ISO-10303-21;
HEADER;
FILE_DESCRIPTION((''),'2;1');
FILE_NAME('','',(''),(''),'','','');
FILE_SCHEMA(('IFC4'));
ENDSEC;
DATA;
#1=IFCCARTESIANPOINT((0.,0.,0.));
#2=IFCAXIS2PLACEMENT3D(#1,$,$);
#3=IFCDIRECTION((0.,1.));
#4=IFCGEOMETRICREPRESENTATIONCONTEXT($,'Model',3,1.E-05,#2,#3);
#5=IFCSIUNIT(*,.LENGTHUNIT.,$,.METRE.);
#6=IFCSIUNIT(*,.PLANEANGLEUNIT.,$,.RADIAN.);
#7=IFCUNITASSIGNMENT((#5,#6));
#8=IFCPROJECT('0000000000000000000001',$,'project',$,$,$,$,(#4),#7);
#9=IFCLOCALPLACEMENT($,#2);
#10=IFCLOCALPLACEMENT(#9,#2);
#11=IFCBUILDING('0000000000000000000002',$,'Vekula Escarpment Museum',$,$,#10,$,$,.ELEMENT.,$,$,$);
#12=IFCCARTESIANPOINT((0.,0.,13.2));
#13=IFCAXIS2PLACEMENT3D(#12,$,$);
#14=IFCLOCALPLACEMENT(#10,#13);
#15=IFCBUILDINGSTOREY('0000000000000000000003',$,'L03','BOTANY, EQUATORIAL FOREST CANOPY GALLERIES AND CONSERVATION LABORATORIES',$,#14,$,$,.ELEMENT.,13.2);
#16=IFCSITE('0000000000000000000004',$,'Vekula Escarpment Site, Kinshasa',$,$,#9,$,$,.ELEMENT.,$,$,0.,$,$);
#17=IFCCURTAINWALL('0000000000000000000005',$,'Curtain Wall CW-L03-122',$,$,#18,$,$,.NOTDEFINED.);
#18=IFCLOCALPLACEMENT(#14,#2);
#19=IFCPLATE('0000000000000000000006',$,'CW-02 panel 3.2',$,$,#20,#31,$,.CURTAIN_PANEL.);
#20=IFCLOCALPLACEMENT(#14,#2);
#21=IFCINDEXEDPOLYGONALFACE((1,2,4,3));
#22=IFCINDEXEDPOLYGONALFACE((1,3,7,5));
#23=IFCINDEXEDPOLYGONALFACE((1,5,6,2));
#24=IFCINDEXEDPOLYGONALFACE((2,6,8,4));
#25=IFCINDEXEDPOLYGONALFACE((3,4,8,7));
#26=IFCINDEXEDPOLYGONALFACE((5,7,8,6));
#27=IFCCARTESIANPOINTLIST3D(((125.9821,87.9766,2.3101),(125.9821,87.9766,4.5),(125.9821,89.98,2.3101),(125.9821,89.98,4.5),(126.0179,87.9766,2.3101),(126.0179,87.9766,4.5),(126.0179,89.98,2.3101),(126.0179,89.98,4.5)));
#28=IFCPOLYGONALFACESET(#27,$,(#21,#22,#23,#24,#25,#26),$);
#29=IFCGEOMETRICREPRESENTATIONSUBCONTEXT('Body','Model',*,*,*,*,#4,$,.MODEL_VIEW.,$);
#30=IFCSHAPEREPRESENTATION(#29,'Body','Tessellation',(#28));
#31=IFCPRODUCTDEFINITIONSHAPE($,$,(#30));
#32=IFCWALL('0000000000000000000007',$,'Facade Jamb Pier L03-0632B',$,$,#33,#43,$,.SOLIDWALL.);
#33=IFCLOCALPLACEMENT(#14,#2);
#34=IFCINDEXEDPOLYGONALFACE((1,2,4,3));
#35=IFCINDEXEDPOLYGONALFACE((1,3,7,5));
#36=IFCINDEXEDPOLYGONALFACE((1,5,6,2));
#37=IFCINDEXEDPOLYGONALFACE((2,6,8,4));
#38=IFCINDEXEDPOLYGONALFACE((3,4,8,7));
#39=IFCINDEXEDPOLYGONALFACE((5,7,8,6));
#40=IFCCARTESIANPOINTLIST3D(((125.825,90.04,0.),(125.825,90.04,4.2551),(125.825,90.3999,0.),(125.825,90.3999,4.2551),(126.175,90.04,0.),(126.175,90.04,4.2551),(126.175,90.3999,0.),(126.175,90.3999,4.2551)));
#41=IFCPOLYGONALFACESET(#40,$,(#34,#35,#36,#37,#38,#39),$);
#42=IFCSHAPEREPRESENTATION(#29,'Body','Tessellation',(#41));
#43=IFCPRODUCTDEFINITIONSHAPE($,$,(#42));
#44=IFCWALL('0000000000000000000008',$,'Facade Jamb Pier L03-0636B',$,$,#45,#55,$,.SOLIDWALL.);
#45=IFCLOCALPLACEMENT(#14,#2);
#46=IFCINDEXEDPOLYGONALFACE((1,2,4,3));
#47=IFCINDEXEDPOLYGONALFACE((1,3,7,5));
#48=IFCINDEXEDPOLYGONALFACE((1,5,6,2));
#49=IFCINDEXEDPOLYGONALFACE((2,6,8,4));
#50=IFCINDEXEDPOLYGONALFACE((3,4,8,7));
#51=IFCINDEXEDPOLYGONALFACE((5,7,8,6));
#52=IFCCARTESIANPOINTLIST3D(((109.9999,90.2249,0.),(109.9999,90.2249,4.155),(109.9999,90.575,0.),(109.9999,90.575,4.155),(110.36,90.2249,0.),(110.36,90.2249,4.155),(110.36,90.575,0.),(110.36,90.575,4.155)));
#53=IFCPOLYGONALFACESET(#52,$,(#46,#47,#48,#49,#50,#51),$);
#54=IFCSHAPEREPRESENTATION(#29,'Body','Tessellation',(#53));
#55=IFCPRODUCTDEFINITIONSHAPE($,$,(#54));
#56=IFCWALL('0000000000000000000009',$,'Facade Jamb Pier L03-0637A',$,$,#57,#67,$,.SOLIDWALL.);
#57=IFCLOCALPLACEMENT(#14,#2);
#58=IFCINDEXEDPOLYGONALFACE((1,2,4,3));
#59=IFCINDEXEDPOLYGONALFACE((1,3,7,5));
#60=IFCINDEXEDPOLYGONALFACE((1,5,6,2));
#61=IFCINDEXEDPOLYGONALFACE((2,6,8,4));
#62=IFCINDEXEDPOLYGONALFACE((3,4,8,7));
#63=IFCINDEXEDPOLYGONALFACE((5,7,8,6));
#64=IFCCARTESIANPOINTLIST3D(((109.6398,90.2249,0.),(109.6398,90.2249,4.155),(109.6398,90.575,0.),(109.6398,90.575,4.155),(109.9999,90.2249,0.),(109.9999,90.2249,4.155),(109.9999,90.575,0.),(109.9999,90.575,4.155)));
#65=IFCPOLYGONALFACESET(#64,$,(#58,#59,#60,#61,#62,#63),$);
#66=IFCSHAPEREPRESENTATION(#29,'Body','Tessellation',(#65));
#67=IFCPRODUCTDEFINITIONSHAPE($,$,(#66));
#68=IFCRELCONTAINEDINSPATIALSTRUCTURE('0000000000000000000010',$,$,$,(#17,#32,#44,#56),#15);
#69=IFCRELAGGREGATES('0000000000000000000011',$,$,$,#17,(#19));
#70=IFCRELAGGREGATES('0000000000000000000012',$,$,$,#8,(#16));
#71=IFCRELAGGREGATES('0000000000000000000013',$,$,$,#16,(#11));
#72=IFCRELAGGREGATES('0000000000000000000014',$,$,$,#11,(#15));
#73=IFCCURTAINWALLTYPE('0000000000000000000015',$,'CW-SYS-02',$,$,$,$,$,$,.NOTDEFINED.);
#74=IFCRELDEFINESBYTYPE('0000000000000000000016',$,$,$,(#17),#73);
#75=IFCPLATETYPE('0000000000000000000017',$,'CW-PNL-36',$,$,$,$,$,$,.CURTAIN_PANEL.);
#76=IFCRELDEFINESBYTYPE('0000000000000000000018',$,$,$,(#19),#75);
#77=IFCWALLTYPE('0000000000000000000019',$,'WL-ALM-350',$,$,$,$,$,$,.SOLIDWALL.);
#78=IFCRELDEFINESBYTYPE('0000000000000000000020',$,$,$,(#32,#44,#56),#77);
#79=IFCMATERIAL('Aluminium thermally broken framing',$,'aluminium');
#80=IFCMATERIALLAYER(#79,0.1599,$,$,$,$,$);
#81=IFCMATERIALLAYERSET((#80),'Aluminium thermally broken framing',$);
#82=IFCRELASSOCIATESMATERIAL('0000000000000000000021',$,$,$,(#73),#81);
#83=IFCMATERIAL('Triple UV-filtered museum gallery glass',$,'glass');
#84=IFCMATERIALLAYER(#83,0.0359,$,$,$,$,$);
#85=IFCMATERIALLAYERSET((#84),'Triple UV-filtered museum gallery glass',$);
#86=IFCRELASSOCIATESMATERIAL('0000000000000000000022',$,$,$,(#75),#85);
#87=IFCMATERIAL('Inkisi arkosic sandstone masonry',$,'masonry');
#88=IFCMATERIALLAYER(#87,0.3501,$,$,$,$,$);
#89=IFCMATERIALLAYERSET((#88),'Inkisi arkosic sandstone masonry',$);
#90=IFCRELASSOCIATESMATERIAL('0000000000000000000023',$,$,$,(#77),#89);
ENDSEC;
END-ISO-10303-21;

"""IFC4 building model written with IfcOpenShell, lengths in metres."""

from ifc_helpers import new_model, si_unit, direction, frame, frame_2d, origin, origin_2d, place, context, subcontext, project, spatial, rectangle, extrude, material, layer, layer_set, type_object, element, aggregate, save


model = new_model("IFC4")

# Units and contexts
model_context = context("Model", 3, precision=1e-05, world=origin(), true_north=direction((0.0, 1.0)))
body_context = subcontext(model_context, "Body", "Model", "MODEL_VIEW")
ifc_project = project(units=[si_unit("LENGTHUNIT", "METRE"), si_unit("PLANEANGLEUNIT", "RADIAN")], contexts=[model_context])

# Site, building, storey
site_placement = place(None, origin())
site = spatial("IfcSite", under=ifc_project, at=site_placement, Name="Vekula Escarpment Site, Kinshasa", CompositionType="ELEMENT", RefElevation=0.0)
building_placement = place(site_placement, origin())
building = spatial("IfcBuilding", under=site, at=building_placement, Name="Vekula Escarpment Museum", CompositionType="ELEMENT")
storey_placement = place(building_placement, frame((0.0, 0.0, 13.2)))
storey = spatial("IfcBuildingStorey", under=building, at=storey_placement, Name="L03", Description="BOTANY, EQUATORIAL FOREST CANOPY GALLERIES AND CONSERVATION LABORATORIES", CompositionType="ELEMENT", Elevation=13.2)

# Curtain wall
ifc_material_1 = material(Name="Aluminium thermally broken framing", Category="aluminium")
ifc_layer_1 = layer(ifc_material_1, 0.1599)
ifc_layer_set_1 = layer_set([ifc_layer_1], Name="Aluminium thermally broken framing")
curtain_wall_type_1 = type_object("IfcCurtainWallType", Name="CW-SYS-02", PredefinedType="NOTDEFINED", material=ifc_layer_set_1)
curtain_wall_1_placement = place(storey_placement, origin())
curtain_wall_1 = element("IfcCurtainWall", 1, at=curtain_wall_1_placement, inside=storey, type_object=curtain_wall_type_1, Name="Curtain Wall CW-L03-122", PredefinedType="NOTDEFINED")

# Plate
ifc_material_2 = material(Name="Triple UV-filtered museum gallery glass", Category="glass")
ifc_layer_2 = layer(ifc_material_2, 0.0359)
ifc_layer_set_2 = layer_set([ifc_layer_2], Name="Triple UV-filtered museum gallery glass")
plate_type_1 = type_object("IfcPlateType", Name="CW-PNL-36", PredefinedType="CURTAIN_PANEL", material=ifc_layer_set_2)
plate_1_placement = place(storey_placement, frame((126.0, 88.9783, 2.3101), z_axis=(0.0, 0.0, 1.0), x_axis=(0.0, 1.0, 0.0)))
plate_1 = element("IfcPlate", 2, at=plate_1_placement, type_object=plate_type_1, Name="CW-02 panel 3.2", PredefinedType="CURTAIN_PANEL", context=body_context, shape_type="SweptSolid", body=[
    extrude(rectangle(XDim=2.0034, YDim=0.0359, at=origin_2d()), origin(), (0.0, 0.0, 1.0), 2.1899),
])
aggregate(curtain_wall_1, [plate_1])

# Walls
ifc_material_3 = material(Name="Inkisi arkosic sandstone masonry", Category="masonry")
ifc_layer_3 = layer(ifc_material_3, 0.3501)
ifc_layer_set_3 = layer_set([ifc_layer_3], Name="Inkisi arkosic sandstone masonry")
wall_type = type_object("IfcWallType", Name="WL-ALM-350", PredefinedType="SOLIDWALL", material=ifc_layer_set_3)
wall_placement = place(storey_placement, frame((126.0, 90.04, 0.0), z_axis=(0.0, 0.0, 1.0), x_axis=(0.0, 1.0, 0.0)))
element("IfcWall", 3, at=wall_placement, inside=storey, type_object=wall_type, Name="Facade Jamb Pier L03-0632B", PredefinedType="SOLIDWALL", context=body_context, shape_type="SweptSolid", body=[
    extrude(rectangle(XDim=0.3599, YDim=0.3501, at=frame_2d((0.1799, 0.0))), origin(), (0.0, 0.0, 1.0), 4.2551),
])
for number, where, z_axis, x_axis, name in (
    (4, (110.3601, 90.3999, 0.0), (0.0, 0.0, 1.0), (-1.0, 0.0, 0.0), "Facade Jamb Pier L03-0636B"),
    (5, (110.0, 90.3999, 0.0), (0.0, 0.0, 1.0), (-1.0, 0.0, 0.0), "Facade Jamb Pier L03-0637A"),
):
    element("IfcWall", number, at=place(storey_placement, frame(where, z_axis=z_axis, x_axis=x_axis)), inside=storey, type_object=wall_type, Name=name, PredefinedType="SOLIDWALL", context=body_context, shape_type="SweptSolid", body=[
        extrude(rectangle(XDim=0.3601, YDim=0.3501, at=frame_2d((0.1802, 0.0))), origin(), (0.0, 0.0, 1.0), 4.155),
    ])

save(model, "model.ifc")
